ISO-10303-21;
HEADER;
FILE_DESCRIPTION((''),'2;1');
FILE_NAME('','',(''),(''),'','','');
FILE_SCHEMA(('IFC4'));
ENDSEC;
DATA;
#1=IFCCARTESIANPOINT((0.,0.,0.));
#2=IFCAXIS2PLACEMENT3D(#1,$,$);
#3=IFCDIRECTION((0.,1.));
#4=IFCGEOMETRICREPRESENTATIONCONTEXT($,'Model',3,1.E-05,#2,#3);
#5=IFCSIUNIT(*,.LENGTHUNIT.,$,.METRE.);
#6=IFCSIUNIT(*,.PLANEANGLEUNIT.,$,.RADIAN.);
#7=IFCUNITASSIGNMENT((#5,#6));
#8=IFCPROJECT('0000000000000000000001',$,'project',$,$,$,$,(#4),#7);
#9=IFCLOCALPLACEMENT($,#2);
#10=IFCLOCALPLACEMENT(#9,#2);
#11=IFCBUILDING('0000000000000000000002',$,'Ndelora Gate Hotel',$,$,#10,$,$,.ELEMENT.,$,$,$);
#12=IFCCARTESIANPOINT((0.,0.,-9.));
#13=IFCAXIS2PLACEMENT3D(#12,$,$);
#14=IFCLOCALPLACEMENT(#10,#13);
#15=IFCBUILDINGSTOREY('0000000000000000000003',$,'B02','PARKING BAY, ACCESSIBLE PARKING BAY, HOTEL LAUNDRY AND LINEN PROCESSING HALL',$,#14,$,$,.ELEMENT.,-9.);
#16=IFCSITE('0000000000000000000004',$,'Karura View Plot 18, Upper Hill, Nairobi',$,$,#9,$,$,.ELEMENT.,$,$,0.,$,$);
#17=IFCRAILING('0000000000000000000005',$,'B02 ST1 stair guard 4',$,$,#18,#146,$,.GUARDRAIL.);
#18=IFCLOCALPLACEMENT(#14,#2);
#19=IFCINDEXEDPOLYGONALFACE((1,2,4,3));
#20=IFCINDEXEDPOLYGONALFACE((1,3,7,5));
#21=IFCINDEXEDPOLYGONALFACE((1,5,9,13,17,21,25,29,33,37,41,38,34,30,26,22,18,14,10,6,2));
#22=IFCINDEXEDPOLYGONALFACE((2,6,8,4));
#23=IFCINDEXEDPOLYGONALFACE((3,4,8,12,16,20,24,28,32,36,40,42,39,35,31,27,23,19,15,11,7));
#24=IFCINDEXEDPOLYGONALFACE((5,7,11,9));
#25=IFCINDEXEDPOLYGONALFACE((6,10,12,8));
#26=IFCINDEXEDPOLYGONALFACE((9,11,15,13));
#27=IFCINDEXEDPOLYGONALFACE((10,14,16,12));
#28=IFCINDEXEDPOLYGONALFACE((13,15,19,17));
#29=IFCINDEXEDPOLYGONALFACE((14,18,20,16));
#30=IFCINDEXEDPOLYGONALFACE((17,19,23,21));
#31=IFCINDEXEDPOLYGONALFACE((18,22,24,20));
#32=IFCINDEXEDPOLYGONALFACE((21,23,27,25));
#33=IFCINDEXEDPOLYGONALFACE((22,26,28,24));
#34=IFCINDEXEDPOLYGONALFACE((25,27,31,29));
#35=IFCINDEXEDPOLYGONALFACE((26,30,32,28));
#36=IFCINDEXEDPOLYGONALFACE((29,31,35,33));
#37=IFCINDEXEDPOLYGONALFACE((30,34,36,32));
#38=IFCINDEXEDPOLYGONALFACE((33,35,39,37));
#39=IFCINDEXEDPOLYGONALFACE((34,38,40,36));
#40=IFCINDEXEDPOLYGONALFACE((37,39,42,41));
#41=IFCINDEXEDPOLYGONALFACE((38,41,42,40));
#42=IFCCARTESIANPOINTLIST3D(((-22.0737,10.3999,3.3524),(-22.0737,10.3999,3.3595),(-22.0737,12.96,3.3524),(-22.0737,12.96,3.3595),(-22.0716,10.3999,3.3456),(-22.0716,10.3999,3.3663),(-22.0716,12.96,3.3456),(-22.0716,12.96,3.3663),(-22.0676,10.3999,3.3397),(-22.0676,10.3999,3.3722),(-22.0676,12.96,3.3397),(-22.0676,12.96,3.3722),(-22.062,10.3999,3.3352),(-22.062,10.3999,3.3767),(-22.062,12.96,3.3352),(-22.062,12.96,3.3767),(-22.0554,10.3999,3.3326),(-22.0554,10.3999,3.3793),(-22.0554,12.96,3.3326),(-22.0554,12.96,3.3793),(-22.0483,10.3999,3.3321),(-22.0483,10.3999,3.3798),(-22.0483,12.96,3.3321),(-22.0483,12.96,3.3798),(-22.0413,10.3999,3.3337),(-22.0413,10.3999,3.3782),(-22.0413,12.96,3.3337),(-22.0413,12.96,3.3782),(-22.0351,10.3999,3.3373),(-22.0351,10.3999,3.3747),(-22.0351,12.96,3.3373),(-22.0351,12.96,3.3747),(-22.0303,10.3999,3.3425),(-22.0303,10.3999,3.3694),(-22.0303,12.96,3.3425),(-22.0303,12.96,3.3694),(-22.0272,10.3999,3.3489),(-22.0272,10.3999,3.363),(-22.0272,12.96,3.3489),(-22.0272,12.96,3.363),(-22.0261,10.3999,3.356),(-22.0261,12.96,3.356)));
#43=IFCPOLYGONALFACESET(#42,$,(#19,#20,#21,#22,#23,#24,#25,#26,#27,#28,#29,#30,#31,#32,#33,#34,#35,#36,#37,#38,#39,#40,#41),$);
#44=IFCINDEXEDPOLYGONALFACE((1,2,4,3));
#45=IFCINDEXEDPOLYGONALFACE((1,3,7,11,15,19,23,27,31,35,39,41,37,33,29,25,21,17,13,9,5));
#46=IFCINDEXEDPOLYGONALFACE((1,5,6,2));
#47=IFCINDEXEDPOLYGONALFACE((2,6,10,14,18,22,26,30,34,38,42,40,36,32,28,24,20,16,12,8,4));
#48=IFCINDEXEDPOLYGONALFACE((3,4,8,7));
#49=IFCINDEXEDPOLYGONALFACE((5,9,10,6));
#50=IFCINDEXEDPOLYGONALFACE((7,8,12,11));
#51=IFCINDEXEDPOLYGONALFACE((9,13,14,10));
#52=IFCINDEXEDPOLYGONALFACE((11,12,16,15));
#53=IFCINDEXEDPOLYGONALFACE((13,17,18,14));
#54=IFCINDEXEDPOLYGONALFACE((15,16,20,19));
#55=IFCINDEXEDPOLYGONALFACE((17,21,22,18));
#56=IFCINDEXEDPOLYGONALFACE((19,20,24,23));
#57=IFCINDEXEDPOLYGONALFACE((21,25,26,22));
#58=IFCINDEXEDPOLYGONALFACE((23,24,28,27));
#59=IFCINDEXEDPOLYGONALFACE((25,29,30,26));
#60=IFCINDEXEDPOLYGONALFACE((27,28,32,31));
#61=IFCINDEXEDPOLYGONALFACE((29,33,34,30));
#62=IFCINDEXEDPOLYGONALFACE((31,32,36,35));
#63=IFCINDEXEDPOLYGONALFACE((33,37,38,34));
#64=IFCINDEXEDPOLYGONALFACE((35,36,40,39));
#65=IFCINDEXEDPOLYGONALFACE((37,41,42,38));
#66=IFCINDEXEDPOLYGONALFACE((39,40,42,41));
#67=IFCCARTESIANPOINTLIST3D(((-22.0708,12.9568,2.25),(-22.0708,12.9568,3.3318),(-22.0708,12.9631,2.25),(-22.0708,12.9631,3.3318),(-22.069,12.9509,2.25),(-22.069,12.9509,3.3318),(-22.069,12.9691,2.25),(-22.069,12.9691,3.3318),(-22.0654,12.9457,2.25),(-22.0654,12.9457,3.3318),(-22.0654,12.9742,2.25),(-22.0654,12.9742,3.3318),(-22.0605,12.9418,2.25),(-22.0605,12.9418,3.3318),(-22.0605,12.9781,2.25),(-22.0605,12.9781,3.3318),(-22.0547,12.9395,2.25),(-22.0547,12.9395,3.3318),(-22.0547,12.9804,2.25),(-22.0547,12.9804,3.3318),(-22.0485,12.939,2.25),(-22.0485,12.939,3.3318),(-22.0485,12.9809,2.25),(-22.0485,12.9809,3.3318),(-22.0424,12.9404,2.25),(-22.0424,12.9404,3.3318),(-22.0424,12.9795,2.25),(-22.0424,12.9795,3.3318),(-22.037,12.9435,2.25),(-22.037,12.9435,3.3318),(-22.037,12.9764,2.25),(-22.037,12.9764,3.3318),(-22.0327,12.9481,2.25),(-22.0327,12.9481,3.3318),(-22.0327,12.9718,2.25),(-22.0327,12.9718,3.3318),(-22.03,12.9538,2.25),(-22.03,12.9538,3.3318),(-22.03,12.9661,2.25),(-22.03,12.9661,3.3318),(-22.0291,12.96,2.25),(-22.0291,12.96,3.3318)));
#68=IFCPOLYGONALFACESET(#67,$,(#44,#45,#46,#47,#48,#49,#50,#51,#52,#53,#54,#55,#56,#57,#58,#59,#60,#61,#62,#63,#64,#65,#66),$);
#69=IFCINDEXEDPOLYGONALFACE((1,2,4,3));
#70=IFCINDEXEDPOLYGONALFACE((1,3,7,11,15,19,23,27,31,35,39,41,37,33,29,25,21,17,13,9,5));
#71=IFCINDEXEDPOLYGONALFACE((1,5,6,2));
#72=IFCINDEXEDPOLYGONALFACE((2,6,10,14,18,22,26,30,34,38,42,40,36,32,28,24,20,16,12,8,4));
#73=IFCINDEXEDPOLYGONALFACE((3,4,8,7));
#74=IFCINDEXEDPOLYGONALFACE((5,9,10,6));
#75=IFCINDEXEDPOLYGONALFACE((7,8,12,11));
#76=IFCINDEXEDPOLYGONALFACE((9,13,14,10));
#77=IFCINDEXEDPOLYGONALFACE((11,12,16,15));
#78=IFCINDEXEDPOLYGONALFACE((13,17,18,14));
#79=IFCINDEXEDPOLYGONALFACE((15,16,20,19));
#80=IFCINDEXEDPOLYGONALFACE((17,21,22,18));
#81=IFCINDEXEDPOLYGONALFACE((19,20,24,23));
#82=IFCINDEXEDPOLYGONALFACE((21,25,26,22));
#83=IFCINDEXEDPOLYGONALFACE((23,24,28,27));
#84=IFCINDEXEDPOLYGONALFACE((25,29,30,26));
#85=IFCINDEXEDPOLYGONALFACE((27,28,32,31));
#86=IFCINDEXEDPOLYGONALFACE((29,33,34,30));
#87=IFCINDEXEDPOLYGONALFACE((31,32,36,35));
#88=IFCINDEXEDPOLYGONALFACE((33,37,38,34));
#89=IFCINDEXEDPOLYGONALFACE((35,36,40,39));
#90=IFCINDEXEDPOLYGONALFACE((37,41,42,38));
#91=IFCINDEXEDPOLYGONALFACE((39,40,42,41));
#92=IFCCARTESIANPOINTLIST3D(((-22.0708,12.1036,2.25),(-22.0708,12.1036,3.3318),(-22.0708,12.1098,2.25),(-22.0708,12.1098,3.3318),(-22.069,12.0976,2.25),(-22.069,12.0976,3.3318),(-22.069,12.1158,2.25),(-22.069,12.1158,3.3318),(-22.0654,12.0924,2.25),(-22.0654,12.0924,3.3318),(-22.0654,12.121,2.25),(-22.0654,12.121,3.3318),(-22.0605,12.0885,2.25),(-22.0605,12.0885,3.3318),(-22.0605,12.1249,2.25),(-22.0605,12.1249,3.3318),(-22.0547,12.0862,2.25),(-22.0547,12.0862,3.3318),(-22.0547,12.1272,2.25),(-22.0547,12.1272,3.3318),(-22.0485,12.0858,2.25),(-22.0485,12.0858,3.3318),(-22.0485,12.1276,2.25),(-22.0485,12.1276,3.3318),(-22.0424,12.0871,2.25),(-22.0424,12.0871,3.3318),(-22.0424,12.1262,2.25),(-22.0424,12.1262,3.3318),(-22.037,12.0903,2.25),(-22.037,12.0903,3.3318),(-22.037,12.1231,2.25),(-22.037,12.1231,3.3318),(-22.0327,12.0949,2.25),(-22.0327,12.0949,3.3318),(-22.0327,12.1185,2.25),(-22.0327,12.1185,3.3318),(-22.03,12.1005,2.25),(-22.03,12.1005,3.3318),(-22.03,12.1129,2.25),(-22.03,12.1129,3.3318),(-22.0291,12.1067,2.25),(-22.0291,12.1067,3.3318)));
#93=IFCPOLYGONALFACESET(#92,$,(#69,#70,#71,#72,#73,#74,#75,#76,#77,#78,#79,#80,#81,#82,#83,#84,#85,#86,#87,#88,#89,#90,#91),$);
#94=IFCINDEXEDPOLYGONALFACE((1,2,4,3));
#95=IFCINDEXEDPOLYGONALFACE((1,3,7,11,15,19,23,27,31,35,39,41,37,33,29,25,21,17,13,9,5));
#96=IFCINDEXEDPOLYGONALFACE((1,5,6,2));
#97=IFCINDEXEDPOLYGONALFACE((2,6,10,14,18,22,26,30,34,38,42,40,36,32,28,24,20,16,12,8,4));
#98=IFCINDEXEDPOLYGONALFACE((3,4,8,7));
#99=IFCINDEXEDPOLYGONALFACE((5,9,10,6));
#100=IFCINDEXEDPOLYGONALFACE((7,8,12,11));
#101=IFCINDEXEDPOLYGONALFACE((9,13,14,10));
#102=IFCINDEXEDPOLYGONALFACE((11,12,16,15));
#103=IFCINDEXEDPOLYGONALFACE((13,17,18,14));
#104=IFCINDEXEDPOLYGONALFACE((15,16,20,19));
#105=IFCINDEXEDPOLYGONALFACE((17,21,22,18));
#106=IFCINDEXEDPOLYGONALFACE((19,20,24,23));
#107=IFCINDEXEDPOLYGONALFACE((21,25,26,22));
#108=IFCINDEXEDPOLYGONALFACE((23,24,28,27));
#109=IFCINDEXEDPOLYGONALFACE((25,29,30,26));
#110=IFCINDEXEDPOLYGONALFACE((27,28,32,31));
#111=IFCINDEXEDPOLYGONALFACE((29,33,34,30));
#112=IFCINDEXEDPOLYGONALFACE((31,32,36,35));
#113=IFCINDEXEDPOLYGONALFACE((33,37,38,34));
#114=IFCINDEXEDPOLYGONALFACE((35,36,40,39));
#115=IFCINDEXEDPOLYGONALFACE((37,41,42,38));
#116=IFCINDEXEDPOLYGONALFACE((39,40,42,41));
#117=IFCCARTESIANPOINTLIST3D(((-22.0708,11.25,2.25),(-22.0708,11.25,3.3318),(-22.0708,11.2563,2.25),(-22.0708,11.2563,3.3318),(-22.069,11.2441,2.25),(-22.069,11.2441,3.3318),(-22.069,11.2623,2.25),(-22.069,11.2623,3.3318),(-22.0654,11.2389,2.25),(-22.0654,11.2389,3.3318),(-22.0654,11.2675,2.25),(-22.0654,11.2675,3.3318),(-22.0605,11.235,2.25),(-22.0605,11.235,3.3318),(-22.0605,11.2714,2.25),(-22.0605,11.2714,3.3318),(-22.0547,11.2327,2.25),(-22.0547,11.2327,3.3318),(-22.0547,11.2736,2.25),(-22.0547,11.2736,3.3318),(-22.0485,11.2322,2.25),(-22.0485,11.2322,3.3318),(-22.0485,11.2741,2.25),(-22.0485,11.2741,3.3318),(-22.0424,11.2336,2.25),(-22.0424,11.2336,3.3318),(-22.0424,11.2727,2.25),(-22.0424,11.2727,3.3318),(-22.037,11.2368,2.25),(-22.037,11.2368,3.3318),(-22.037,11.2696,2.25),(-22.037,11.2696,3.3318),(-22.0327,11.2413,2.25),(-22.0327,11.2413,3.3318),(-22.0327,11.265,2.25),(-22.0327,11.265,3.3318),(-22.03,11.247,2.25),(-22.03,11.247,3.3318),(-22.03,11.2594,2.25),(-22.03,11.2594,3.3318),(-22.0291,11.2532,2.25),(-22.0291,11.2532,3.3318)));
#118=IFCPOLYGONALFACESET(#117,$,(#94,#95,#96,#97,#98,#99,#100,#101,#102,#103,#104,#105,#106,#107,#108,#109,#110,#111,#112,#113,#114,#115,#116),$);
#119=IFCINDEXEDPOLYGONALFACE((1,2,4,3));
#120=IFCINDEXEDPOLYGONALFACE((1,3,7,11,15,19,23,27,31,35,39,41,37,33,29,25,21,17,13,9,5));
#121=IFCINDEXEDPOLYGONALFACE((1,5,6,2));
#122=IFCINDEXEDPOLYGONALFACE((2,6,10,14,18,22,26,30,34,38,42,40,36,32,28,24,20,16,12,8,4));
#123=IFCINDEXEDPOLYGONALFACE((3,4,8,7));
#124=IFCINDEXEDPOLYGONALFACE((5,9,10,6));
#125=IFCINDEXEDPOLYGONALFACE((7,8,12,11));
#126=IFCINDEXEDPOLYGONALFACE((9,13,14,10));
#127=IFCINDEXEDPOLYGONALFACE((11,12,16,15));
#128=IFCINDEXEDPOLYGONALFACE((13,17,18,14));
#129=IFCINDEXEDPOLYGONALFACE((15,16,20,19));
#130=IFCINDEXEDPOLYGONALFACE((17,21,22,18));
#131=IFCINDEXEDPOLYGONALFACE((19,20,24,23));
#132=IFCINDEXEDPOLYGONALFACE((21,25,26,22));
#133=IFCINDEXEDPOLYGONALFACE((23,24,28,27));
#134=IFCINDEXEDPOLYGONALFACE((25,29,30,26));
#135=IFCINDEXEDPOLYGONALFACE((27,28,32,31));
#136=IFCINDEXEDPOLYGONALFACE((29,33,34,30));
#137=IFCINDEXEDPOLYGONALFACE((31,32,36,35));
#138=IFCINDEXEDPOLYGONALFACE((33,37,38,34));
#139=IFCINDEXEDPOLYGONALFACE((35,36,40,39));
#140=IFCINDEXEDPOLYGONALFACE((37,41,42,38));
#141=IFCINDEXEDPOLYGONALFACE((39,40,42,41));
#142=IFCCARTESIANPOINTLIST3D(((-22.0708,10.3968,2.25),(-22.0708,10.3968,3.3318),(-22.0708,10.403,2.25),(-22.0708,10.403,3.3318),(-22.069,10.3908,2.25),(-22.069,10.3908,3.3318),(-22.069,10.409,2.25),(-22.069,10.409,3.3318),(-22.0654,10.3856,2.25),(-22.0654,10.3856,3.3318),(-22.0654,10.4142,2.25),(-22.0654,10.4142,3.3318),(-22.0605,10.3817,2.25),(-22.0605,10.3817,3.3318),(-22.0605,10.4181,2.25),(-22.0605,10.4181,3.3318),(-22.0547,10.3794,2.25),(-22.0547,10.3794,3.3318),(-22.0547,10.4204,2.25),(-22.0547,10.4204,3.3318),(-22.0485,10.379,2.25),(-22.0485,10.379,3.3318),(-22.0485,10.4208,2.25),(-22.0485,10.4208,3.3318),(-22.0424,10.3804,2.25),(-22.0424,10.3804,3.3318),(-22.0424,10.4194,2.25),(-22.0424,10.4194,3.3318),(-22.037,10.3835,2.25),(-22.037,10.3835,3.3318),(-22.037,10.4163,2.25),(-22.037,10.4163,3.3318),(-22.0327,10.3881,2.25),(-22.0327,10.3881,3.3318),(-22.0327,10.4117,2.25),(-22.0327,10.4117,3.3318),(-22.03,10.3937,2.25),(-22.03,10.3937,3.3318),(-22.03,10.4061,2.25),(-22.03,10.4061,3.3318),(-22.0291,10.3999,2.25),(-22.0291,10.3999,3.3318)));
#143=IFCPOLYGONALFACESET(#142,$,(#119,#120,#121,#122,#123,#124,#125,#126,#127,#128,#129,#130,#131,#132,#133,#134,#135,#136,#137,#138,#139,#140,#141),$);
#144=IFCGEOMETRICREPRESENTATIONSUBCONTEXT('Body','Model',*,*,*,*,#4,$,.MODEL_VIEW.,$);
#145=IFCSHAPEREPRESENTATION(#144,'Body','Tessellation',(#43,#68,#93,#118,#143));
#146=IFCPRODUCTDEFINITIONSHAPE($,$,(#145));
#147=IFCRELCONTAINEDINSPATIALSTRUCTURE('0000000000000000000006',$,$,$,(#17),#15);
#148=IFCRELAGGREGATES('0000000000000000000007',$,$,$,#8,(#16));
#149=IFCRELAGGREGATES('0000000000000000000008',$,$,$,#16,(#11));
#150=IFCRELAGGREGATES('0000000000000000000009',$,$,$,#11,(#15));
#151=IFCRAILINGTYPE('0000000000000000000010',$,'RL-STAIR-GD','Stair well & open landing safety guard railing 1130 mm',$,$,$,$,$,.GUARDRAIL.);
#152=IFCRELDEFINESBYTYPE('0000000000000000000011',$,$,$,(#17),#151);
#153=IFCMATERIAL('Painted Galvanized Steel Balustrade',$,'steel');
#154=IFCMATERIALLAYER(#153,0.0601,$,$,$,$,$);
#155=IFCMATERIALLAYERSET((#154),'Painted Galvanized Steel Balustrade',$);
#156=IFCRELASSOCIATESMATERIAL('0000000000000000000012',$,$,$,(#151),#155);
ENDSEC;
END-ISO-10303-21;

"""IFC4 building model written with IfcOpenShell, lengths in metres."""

from ifc_helpers import new_model, si_unit, direction, frame, origin, origin_2d, place, context, subcontext, project, spatial, circle, extrude, material, layer, layer_set, type_object, element, save


model = new_model("IFC4")

# Units and contexts
model_context = context("Model", 3, precision=1e-05, world=origin(), true_north=direction((0.0, 1.0)))
body_context = subcontext(model_context, "Body", "Model", "MODEL_VIEW")
ifc_project = project(units=[si_unit("LENGTHUNIT", "METRE"), si_unit("PLANEANGLEUNIT", "RADIAN")], contexts=[model_context])

# Site, building, storey
site_placement = place(None, origin())
site = spatial("IfcSite", under=ifc_project, at=site_placement, Name="Karura View Plot 18, Upper Hill, Nairobi", CompositionType="ELEMENT", RefElevation=0.0)
building_placement = place(site_placement, origin())
building = spatial("IfcBuilding", under=site, at=building_placement, Name="Ndelora Gate Hotel", CompositionType="ELEMENT")
storey_placement = place(building_placement, frame((0.0, 0.0, -9.0)))
storey = spatial("IfcBuildingStorey", under=building, at=storey_placement, Name="B02", Description="PARKING BAY, ACCESSIBLE PARKING BAY, HOTEL LAUNDRY AND LINEN PROCESSING HALL", CompositionType="ELEMENT", Elevation=-9.0)

# Railing
ifc_material_1 = material(Name="Painted Galvanized Steel Balustrade", Category="steel")
ifc_layer_1 = layer(ifc_material_1, 0.0601)
ifc_layer_set_1 = layer_set([ifc_layer_1], Name="Painted Galvanized Steel Balustrade")
railing_type_1 = type_object("IfcRailingType", Name="RL-STAIR-GD", Description="Stair well & open landing safety guard railing 1130 mm", PredefinedType="GUARDRAIL", material=ifc_layer_set_1)
for number, where, name in (
    (1, (-22.05, 12.96, 2.25), "B02 ST1 stair guard 4"),
):
    element("IfcRailing", number, at=place(storey_placement, frame(where)), inside=storey, type_object=railing_type_1, Name=name, PredefinedType="GUARDRAIL", context=body_context, shape_type="SweptSolid", body=[
        extrude(circle(Radius=0.0239, at=origin_2d()), frame((0.0, 0.0, 1.106), z_axis=(0.0, -1.0, 0.0), x_axis=(1.0, 0.0, 0.0)), (0.0, 0.0, 1.0), 2.5601),
        extrude(circle(Radius=0.021, at=origin_2d()), origin(), (0.0, 0.0, 1.0), 1.0818),
        extrude(circle(Radius=0.021, at=origin_2d()), frame((0.0, -0.8533, 0.0)), (0.0, 0.0, 1.0), 1.0818),
        extrude(circle(Radius=0.021, at=origin_2d()), frame((0.0, -1.7068, 0.0)), (0.0, 0.0, 1.0), 1.0818),
        extrude(circle(Radius=0.021, at=origin_2d()), frame((0.0, -2.5601, 0.0)), (0.0, 0.0, 1.0), 1.0818),
    ])

save(model, "model.ifc")
